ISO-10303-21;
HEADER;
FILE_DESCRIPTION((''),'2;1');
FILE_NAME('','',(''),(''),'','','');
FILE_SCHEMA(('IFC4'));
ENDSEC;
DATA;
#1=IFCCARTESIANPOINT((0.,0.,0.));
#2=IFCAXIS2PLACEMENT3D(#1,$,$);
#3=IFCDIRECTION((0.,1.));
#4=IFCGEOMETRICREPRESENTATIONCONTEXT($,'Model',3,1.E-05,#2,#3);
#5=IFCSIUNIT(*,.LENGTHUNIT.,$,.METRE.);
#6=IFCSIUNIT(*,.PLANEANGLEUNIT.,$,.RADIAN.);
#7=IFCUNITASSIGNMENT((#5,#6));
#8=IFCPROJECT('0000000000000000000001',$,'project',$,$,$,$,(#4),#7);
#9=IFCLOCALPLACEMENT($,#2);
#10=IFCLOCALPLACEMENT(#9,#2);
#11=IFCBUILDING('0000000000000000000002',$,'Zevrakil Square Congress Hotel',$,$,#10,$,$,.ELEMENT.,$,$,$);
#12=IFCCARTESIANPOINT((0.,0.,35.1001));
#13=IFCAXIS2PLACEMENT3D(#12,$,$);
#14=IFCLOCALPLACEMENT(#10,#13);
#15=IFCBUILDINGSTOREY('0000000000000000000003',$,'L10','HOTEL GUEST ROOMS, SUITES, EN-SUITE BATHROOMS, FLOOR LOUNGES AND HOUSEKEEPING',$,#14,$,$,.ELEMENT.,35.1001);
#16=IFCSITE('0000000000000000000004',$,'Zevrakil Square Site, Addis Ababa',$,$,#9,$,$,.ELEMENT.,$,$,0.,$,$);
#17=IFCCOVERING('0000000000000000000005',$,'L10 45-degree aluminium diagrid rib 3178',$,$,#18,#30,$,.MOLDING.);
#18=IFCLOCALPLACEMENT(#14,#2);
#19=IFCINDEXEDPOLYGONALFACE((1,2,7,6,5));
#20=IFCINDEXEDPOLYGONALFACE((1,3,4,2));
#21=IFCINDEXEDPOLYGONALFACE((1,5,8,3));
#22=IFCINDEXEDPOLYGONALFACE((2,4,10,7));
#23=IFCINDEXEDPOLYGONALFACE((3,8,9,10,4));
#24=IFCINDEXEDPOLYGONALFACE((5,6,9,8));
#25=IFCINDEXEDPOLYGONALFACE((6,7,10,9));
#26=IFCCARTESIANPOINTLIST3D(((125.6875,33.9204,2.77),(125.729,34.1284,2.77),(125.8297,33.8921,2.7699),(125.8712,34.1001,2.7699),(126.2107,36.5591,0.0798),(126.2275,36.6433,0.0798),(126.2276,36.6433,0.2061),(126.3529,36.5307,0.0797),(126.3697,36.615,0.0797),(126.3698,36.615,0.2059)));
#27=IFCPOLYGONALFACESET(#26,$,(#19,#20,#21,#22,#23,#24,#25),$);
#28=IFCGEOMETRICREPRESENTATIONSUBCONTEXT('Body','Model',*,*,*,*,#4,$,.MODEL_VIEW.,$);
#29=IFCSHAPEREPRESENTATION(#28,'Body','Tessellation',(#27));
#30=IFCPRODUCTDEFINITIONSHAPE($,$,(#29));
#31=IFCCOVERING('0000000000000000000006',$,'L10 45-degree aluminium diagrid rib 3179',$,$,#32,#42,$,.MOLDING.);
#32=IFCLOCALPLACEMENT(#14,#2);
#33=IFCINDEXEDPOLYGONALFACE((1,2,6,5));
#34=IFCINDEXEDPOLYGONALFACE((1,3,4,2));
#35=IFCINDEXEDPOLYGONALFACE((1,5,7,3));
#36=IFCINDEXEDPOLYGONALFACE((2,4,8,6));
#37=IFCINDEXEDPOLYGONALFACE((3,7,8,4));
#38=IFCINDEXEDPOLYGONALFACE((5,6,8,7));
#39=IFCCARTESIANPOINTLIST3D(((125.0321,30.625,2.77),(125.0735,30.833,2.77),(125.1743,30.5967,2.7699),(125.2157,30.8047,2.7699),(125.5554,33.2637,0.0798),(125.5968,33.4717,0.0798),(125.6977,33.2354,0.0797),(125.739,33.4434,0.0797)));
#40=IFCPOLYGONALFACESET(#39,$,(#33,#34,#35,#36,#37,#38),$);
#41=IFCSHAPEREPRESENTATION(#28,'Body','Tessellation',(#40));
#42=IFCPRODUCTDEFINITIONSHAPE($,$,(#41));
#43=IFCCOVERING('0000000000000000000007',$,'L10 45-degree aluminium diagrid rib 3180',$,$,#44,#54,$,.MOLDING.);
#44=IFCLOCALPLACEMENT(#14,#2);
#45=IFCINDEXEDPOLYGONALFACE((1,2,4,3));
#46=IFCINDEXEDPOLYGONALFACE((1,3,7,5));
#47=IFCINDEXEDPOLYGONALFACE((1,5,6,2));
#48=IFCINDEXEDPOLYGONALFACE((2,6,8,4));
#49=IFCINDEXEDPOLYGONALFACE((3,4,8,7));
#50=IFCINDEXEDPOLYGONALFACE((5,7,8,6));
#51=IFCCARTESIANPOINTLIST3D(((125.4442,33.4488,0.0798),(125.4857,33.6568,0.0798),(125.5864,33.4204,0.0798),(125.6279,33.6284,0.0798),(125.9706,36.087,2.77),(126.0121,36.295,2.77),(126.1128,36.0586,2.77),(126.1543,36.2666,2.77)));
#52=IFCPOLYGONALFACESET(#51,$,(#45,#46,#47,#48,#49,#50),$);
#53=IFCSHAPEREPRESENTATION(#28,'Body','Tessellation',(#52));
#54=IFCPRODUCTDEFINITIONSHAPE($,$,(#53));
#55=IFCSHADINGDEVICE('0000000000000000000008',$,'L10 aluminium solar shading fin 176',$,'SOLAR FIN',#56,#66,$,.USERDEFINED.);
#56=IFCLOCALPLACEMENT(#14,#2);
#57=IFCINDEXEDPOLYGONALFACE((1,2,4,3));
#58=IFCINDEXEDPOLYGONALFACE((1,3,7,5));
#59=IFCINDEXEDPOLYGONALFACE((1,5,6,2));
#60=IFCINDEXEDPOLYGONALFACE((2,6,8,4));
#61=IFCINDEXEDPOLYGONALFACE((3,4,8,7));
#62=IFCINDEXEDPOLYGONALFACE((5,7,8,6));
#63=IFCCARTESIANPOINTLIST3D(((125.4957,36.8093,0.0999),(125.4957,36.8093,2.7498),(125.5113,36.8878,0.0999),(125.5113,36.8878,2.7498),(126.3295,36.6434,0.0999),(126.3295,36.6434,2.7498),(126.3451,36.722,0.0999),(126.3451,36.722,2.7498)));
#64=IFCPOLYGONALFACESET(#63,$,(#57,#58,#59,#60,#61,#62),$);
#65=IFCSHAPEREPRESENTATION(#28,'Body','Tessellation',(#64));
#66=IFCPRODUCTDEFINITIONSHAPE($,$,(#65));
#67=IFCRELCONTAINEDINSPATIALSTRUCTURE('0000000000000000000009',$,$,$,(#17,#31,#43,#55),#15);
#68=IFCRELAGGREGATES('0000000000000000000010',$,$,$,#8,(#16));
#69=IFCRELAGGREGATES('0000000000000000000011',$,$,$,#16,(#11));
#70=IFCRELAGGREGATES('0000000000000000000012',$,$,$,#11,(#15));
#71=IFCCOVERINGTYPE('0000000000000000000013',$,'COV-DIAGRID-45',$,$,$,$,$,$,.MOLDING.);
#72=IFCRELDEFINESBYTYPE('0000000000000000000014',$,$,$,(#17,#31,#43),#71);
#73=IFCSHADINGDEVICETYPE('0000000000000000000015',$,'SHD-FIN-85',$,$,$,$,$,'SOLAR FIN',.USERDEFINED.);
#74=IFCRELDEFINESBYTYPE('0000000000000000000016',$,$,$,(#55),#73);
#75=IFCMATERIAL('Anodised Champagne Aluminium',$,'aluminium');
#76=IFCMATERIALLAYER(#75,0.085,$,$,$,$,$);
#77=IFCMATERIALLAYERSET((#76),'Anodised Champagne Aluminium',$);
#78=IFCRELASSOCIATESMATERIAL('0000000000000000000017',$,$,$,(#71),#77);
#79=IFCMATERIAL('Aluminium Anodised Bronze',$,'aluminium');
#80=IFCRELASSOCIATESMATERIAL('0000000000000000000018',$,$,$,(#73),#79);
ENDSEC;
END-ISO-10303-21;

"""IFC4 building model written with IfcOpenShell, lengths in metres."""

from ifc_helpers import new_model, si_unit, direction, frame, origin, origin_2d, place, context, subcontext, project, spatial, polyline, rectangle, outline, extrude, material, layer, layer_set, type_object, element, save


model = new_model("IFC4")

# Units and contexts
model_context = context("Model", 3, precision=1e-05, world=origin(), true_north=direction((0.0, 1.0)))
body_context = subcontext(model_context, "Body", "Model", "MODEL_VIEW")
ifc_project = project(units=[si_unit("LENGTHUNIT", "METRE"), si_unit("PLANEANGLEUNIT", "RADIAN")], contexts=[model_context])

# Site, building, storey
site_placement = place(None, origin())
site = spatial("IfcSite", under=ifc_project, at=site_placement, Name="Zevrakil Square Site, Addis Ababa", CompositionType="ELEMENT", RefElevation=0.0)
building_placement = place(site_placement, origin())
building = spatial("IfcBuilding", under=site, at=building_placement, Name="Zevrakil Square Congress Hotel", CompositionType="ELEMENT")
storey_placement = place(building_placement, frame((0.0, 0.0, 35.1001)))
storey = spatial("IfcBuildingStorey", under=building, at=storey_placement, Name="L10", Description="HOTEL GUEST ROOMS, SUITES, EN-SUITE BATHROOMS, FLOOR LOUNGES AND HOUSEKEEPING", CompositionType="ELEMENT", Elevation=35.1001)

# Coverings
ifc_material_1 = material(Name="Anodised Champagne Aluminium", Category="aluminium")
ifc_layer_1 = layer(ifc_material_1, 0.085)
ifc_layer_set_1 = layer_set([ifc_layer_1], Name="Anodised Champagne Aluminium")
covering_type_1 = type_object("IfcCoveringType", Name="COV-DIAGRID-45", PredefinedType="MOLDING", material=ifc_layer_set_1)
covering_1_placement = place(storey_placement, frame((126.2107, 36.5591, 0.0798), z_axis=(-0.980721, 0.195412, 0.000943), x_axis=(0.195412, 0.980721, 0.000001)))
element("IfcCovering", 1, at=covering_1_placement, inside=storey, type_object=covering_type_1, Name="L10 45-degree aluminium diagrid rib 3178", PredefinedType="MOLDING", context=body_context, shape_type="SweptSolid", body=[
    extrude(outline(polyline([(0.0, 0.0), (0.0859, 0.0), (0.0859, -0.1262), (-2.4779, -2.6902), (-2.69, -2.6902), (0.0, 0.0)])), origin(), (0.0, 0.0, -1.0), 0.145),
])
covering_2_placement = place(storey_placement, frame((125.5554, 33.2637, 0.0798), z_axis=(-0.980779, 0.19512, 0.000595), x_axis=(0.19512, 0.980779, 0.0)))
element("IfcCovering", 2, at=covering_2_placement, inside=storey, type_object=covering_type_1, Name="L10 45-degree aluminium diagrid rib 3179", PredefinedType="MOLDING", context=body_context, shape_type="SweptSolid", body=[
    extrude(outline(polyline([(0.0, 0.0), (0.2121, 0.0), (-2.478, -2.6902), (-2.6901, -2.6902), (0.0, 0.0)])), origin(), (0.0, 0.0, -1.0), 0.145),
])
covering_3_placement = place(storey_placement, frame((126.1543, 36.2666, 2.77), z_axis=(0.980669, -0.195673, 0.000011), x_axis=(-0.195673, -0.980669, 0.0)))
element("IfcCovering", 3, at=covering_3_placement, inside=storey, type_object=covering_type_1, Name="L10 45-degree aluminium diagrid rib 3180", PredefinedType="MOLDING", context=body_context, shape_type="SweptSolid", body=[
    extrude(outline(polyline([(0.0, 0.0), (0.2121, 0.0), (2.9023, 2.6902), (2.6902, 2.6902), (0.0, 0.0)])), origin(), (0.0, 0.0, -1.0), 0.145),
])

# Shading device
ifc_material_2 = material(Name="Aluminium Anodised Bronze", Category="aluminium")
shading_device_type = type_object("IfcShadingDeviceType", Name="SHD-FIN-85", ElementType="SOLAR FIN", PredefinedType="USERDEFINED", material=ifc_material_2)
shading_device_placement = place(storey_placement, frame((125.9204, 36.7656, 0.0999), z_axis=(0.0, 0.0, 1.0), x_axis=(-0.980785, 0.19509, 0.0)))
element("IfcShadingDevice", 4, at=shading_device_placement, inside=storey, type_object=shading_device_type, Name="L10 aluminium solar shading fin 176", ObjectType="SOLAR FIN", PredefinedType="USERDEFINED", context=body_context, shape_type="SweptSolid", body=[
    extrude(rectangle(XDim=0.8501, YDim=0.0801, at=origin_2d()), origin(), (0.0, 0.0, 1.0), 2.6499),
])

save(model, "model.ifc")
